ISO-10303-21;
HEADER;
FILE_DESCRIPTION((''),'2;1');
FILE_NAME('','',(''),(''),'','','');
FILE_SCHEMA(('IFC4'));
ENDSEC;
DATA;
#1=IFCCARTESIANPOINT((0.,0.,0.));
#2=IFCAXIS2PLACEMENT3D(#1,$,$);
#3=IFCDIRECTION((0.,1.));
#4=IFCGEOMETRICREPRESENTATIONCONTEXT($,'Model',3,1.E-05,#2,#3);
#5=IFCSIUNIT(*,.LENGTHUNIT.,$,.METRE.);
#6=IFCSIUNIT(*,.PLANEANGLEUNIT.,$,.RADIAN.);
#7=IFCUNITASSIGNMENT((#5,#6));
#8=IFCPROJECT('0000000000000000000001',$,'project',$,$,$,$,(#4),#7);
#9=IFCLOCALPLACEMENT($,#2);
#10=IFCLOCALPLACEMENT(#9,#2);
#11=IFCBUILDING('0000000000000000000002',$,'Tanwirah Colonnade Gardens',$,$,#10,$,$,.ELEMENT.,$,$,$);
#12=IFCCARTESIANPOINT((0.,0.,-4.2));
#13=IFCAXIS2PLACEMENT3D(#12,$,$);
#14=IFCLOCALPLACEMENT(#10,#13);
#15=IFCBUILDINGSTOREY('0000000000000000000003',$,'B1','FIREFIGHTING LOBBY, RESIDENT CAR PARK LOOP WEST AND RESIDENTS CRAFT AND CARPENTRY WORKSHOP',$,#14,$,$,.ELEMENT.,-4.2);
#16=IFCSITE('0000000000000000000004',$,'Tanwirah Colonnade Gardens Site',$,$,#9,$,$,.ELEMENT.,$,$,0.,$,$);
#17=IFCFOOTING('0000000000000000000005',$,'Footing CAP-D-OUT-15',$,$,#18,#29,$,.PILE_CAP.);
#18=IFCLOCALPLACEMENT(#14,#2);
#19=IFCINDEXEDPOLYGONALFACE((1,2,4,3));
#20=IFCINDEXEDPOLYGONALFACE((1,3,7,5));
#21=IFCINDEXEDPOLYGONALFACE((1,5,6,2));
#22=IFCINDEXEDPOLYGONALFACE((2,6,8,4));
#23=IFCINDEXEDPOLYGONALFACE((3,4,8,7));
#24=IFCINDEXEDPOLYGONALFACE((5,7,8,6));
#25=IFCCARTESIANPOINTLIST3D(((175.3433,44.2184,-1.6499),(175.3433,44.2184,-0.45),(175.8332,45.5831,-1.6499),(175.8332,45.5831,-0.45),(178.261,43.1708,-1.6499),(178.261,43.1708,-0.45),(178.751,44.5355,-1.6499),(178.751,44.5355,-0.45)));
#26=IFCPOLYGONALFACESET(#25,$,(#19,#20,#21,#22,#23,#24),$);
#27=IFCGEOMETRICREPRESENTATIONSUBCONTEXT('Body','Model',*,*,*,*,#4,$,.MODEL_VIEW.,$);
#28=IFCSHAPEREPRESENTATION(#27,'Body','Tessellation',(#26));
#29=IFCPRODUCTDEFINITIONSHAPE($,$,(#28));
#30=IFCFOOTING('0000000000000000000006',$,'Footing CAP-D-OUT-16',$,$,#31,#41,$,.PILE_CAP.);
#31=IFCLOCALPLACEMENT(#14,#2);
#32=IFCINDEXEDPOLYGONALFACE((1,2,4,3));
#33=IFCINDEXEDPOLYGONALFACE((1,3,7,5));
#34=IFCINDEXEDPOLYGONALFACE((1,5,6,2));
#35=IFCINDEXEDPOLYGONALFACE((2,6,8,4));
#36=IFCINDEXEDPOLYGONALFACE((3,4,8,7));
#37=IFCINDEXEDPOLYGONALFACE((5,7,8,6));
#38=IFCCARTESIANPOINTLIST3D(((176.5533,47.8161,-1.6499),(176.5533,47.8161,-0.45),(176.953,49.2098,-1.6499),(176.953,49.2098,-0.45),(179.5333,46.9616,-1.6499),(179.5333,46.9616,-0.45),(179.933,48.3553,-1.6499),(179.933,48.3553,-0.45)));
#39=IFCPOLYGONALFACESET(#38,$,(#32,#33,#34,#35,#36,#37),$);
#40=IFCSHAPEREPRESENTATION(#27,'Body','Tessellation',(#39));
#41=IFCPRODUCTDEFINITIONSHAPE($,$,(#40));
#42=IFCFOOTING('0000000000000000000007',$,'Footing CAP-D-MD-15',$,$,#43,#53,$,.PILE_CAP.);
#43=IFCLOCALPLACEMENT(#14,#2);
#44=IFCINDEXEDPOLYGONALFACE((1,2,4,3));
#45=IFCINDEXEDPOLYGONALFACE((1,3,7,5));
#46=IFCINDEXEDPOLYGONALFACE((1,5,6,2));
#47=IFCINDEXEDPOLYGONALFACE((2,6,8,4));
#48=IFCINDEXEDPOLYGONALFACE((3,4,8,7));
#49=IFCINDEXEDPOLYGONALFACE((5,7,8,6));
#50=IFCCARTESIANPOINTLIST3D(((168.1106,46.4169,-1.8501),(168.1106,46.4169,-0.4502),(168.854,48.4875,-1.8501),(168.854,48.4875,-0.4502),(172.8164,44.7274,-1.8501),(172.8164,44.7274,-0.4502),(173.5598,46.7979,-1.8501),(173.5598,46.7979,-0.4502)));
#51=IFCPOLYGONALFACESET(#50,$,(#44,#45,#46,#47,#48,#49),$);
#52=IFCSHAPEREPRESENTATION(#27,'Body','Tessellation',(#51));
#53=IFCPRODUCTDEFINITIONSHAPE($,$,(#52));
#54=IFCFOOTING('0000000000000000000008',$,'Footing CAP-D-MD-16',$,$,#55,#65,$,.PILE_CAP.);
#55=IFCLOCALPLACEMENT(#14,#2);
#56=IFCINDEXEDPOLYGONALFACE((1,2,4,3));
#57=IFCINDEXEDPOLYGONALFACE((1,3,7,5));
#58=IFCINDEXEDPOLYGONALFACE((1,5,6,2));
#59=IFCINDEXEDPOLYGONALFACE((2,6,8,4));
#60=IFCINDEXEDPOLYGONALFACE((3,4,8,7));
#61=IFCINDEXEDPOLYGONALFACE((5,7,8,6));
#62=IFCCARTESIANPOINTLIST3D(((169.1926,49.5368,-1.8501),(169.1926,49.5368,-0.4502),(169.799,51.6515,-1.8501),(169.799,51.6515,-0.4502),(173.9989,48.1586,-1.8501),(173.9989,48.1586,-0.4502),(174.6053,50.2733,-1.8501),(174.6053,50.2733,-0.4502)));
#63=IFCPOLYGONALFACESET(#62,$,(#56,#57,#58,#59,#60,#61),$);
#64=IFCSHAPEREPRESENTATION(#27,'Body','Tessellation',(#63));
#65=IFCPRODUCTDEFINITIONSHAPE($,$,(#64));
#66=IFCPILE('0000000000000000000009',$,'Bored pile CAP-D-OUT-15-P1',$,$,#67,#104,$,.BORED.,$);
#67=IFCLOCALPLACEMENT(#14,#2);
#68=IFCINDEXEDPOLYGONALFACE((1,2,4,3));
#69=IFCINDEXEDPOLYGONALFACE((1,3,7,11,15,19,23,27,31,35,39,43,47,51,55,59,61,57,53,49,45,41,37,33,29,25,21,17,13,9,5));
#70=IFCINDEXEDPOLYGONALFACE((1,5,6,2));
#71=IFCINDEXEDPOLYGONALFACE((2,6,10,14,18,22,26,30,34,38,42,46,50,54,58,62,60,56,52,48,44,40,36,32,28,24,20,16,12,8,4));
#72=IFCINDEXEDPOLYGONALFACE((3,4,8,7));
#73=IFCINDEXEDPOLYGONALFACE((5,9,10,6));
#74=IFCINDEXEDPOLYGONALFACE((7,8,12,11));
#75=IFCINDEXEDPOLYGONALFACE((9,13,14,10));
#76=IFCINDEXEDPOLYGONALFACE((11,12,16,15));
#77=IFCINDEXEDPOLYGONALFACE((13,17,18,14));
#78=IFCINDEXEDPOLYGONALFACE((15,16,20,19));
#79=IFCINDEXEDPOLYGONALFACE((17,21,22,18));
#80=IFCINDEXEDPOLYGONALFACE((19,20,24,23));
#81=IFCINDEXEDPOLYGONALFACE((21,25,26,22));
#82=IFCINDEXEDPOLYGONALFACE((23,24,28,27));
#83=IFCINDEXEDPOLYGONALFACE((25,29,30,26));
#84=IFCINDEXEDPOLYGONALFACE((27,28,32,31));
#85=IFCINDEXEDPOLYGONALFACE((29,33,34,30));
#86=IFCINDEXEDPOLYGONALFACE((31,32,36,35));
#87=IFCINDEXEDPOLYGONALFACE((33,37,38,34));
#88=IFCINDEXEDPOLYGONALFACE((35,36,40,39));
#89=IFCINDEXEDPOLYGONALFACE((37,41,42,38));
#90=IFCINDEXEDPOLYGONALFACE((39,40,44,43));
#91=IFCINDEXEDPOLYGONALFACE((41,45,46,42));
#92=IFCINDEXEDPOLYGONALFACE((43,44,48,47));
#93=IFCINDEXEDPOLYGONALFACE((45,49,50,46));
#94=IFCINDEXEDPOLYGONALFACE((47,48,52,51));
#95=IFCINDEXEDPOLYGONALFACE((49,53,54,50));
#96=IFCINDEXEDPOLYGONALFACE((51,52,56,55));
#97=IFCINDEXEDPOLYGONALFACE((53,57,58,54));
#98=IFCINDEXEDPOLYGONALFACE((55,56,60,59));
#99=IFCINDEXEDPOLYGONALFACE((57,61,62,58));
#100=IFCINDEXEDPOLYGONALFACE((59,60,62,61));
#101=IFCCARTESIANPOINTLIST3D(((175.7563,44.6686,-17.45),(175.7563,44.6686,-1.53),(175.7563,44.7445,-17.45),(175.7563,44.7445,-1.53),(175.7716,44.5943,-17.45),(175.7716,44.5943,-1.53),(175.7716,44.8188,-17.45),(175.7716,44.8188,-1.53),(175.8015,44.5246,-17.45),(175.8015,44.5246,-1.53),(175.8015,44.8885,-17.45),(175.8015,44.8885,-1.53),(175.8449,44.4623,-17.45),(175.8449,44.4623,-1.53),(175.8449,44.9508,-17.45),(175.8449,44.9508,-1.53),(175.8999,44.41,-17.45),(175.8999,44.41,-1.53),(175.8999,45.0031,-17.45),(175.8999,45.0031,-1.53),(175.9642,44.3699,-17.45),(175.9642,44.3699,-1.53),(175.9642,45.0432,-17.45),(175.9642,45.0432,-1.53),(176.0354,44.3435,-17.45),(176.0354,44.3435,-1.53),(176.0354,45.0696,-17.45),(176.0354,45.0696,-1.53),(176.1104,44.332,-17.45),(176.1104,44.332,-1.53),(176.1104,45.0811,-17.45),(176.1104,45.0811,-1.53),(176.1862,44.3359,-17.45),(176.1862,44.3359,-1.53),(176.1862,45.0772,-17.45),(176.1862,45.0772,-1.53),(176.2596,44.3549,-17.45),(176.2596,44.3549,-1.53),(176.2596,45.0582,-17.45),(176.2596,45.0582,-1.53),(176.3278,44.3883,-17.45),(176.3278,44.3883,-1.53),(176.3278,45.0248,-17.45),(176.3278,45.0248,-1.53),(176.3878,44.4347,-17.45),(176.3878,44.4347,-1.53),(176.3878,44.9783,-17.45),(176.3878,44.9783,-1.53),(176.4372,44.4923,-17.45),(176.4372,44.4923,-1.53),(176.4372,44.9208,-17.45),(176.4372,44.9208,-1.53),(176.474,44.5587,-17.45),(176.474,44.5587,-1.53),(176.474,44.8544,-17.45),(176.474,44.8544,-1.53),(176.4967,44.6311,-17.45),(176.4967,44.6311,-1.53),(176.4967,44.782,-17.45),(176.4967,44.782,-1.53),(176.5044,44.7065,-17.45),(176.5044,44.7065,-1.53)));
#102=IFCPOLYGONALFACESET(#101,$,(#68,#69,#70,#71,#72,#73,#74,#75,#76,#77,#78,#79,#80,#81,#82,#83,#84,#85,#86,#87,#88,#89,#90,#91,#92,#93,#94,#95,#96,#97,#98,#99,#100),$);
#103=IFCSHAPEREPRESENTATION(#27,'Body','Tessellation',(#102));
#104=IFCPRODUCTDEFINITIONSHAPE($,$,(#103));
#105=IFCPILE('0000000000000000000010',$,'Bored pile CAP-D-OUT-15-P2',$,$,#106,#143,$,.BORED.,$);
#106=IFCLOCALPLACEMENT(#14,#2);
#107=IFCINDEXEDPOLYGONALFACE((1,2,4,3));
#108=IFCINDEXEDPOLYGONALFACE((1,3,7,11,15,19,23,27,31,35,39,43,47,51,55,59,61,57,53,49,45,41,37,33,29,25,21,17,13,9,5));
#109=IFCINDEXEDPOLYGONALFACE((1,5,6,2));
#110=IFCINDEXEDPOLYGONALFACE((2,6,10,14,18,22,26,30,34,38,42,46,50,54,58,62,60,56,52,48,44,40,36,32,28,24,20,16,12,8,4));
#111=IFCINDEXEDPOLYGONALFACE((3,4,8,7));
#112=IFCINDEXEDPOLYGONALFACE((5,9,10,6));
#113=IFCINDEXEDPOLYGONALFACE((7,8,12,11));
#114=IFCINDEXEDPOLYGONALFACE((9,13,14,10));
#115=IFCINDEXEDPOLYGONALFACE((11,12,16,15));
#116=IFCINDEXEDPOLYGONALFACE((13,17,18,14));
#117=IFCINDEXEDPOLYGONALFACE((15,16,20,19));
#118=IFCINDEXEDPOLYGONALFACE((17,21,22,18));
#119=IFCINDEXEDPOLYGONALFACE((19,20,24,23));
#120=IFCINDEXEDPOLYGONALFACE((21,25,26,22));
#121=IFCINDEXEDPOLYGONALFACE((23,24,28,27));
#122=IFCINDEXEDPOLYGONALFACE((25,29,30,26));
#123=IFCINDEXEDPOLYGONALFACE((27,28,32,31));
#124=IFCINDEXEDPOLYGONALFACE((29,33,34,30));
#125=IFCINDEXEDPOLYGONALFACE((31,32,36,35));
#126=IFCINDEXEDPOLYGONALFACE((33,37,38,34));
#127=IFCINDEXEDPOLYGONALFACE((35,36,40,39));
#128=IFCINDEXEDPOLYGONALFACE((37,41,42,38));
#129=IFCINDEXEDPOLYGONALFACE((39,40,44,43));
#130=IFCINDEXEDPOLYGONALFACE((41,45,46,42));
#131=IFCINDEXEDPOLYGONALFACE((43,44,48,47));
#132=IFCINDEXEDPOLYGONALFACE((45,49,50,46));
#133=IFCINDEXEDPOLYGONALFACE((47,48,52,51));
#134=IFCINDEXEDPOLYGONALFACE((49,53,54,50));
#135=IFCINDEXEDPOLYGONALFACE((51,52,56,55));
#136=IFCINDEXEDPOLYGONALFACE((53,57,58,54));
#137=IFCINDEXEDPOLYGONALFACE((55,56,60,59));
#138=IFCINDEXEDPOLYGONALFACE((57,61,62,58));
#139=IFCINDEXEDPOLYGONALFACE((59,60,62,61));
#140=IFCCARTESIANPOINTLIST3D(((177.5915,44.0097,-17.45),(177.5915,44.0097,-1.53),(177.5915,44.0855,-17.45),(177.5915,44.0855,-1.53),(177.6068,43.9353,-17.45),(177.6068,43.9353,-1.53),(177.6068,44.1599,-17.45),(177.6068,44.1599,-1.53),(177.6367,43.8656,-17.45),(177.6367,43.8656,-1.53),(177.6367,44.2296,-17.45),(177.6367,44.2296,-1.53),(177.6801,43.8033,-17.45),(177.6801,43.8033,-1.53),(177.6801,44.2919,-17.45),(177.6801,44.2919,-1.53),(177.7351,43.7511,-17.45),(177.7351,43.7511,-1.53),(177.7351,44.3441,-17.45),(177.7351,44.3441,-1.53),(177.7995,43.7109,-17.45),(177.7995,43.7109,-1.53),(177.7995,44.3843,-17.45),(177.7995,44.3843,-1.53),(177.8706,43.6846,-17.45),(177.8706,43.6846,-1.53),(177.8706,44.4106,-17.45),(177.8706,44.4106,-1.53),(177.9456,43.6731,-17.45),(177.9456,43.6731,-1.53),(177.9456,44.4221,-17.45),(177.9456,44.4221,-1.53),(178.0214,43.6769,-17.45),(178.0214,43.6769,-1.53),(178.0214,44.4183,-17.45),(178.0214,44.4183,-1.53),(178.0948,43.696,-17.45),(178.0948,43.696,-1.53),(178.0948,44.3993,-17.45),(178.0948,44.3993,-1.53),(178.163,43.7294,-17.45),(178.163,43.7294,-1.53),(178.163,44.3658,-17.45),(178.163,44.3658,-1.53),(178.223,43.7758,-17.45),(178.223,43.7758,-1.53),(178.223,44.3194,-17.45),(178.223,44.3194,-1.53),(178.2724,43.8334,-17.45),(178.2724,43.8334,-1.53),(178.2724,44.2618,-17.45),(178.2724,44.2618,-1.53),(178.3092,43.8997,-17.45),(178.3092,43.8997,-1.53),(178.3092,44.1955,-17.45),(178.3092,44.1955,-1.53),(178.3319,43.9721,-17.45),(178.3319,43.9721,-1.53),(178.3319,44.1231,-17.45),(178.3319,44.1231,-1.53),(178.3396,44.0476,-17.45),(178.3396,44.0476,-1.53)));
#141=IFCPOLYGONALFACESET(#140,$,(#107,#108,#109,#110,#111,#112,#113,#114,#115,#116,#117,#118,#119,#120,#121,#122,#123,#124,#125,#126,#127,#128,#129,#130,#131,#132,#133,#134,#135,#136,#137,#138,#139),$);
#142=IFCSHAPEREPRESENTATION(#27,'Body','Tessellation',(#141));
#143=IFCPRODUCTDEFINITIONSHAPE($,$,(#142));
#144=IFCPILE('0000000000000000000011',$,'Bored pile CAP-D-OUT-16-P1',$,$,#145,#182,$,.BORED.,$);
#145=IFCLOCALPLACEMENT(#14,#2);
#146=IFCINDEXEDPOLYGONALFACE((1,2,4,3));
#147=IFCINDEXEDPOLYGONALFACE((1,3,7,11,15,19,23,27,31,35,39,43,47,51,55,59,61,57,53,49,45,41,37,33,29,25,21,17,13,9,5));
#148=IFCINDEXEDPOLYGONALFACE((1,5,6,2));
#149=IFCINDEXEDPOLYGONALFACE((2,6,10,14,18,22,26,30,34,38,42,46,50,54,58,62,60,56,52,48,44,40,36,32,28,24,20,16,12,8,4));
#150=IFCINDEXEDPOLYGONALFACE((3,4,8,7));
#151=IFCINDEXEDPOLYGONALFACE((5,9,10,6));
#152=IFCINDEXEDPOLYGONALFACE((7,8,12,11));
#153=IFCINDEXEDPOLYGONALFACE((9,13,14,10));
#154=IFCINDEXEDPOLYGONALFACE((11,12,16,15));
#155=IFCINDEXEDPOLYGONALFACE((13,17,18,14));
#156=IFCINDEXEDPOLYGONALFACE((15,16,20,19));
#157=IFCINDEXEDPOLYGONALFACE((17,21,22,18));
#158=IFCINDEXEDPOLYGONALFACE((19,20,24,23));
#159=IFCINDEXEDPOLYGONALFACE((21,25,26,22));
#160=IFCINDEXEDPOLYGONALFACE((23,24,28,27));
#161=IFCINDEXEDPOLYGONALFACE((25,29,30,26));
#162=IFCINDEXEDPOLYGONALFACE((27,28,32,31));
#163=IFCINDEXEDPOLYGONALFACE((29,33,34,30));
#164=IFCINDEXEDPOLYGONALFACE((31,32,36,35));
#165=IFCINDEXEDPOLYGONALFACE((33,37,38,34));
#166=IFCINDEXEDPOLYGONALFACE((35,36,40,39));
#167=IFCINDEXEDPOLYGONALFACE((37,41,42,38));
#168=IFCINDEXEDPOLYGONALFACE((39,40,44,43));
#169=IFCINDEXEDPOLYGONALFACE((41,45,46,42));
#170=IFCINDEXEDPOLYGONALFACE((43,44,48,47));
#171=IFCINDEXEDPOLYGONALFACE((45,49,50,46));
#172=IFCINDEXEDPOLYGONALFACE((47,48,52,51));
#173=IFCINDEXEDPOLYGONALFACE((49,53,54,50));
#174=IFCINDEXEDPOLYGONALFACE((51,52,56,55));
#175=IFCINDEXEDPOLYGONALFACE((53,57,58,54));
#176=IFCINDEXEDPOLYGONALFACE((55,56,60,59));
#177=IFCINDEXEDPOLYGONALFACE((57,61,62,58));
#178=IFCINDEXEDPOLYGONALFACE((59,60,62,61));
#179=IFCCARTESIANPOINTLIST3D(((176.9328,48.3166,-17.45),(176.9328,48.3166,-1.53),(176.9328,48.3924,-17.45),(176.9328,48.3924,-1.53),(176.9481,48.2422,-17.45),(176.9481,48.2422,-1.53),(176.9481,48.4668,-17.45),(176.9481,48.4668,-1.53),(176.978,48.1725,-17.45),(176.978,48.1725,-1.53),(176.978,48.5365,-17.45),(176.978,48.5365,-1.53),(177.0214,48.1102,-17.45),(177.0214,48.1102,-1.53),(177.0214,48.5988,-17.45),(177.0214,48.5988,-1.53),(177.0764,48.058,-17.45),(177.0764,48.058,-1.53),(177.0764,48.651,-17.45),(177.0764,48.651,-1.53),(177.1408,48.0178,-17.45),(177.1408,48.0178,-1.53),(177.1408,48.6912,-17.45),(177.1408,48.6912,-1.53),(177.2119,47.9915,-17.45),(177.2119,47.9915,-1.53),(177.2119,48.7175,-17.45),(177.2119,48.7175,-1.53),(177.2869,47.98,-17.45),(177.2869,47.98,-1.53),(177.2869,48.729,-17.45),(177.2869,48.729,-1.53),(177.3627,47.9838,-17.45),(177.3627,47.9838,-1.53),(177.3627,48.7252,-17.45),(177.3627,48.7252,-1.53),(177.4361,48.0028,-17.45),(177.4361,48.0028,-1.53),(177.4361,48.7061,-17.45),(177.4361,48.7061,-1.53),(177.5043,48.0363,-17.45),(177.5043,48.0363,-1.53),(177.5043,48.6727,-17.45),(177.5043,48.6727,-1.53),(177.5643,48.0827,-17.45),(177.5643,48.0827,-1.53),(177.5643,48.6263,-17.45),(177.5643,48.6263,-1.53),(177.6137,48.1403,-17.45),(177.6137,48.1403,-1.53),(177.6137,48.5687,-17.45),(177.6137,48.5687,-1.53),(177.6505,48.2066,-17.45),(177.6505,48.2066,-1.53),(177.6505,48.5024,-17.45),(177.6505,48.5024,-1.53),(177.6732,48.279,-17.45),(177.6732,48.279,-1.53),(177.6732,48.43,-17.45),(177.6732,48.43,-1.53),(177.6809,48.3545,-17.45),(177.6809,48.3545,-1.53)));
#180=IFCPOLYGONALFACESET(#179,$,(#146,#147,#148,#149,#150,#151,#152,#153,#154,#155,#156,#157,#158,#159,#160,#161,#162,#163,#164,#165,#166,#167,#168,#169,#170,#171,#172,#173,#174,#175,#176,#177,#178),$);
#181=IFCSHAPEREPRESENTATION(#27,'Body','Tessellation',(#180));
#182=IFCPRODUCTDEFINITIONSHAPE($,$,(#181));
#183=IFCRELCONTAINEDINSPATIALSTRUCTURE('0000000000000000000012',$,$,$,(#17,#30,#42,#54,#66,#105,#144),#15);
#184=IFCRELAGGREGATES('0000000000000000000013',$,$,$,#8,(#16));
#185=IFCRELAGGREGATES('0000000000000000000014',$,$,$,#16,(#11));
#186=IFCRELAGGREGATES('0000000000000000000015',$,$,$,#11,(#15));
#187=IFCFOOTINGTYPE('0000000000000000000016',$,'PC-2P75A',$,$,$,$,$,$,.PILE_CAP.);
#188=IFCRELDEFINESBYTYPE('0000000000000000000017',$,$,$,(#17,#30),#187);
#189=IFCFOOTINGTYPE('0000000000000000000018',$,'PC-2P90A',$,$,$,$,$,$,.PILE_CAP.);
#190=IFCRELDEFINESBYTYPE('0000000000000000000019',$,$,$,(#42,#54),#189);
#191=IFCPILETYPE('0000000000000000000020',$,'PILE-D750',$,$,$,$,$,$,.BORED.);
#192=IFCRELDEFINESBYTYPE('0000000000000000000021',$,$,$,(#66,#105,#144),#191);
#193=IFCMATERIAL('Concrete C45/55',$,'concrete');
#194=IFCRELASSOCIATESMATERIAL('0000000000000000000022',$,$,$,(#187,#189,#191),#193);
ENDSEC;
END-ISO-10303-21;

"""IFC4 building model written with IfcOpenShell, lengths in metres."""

from ifc_helpers import new_model, si_unit, direction, frame, origin, origin_2d, place, context, subcontext, project, spatial, rectangle, circle, extrude, material, material_profile, profile_set, type_object, element, save


model = new_model("IFC4")

# Units and contexts
model_context = context("Model", 3, precision=1e-05, world=origin(), true_north=direction((0.0, 1.0)))
body_context = subcontext(model_context, "Body", "Model", "MODEL_VIEW")
ifc_project = project(units=[si_unit("LENGTHUNIT", "METRE"), si_unit("PLANEANGLEUNIT", "RADIAN")], contexts=[model_context])

# Site, building, storey
site_placement = place(None, origin())
site = spatial("IfcSite", under=ifc_project, at=site_placement, Name="Tanwirah Colonnade Gardens Site", CompositionType="ELEMENT", RefElevation=0.0)
building_placement = place(site_placement, origin())
building = spatial("IfcBuilding", under=site, at=building_placement, Name="Tanwirah Colonnade Gardens", CompositionType="ELEMENT")
storey_placement = place(building_placement, frame((0.0, 0.0, -4.2)))
storey = spatial("IfcBuildingStorey", under=building, at=storey_placement, Name="B1", Description="FIREFIGHTING LOBBY, RESIDENT CAR PARK LOOP WEST AND RESIDENTS CRAFT AND CARPENTRY WORKSHOP", CompositionType="ELEMENT", Elevation=-4.2)

# Footings
ifc_material_1 = material(Name="Concrete C45/55", Category="concrete")
footing_type_1 = type_object("IfcFootingType", Name="PC-2P75A", PredefinedType="PILE_CAP", material=ifc_material_1)
for number, where, z_axis, x_axis, name in (
    (1, (177.0471, 44.377, -1.6499), (0.0, 0.0, 1.0), (0.941176, -0.337917, 0.0), "Footing CAP-D-OUT-15"),
    (2, (178.2432, 48.0857, -1.6499), (0.0, 0.0, 1.0), (0.961262, -0.275637, 0.0), "Footing CAP-D-OUT-16"),
):
    element("IfcFooting", number, at=place(storey_placement, frame(where, z_axis=z_axis, x_axis=x_axis)), inside=storey, type_object=footing_type_1, Name=name, PredefinedType="PILE_CAP", context=body_context, shape_type="SweptSolid", body=[
        extrude(rectangle(XDim=3.1001, YDim=1.45, at=origin_2d()), origin(), (0.0, 0.0, 1.0), 1.2),
    ])
footing_type_2 = type_object("IfcFootingType", Name="PC-2P90A", PredefinedType="PILE_CAP", material=ifc_material_1)
for number, where, z_axis, x_axis, name in (
    (3, (170.8352, 46.6074, -1.8501), (0.0, 0.0, 1.0), (0.941176, -0.337917, 0.0), "Footing CAP-D-MD-15"),
    (4, (171.8989, 49.905, -1.8501), (0.0, 0.0, 1.0), (0.961262, -0.275637, 0.0), "Footing CAP-D-MD-16"),
):
    element("IfcFooting", number, at=place(storey_placement, frame(where, z_axis=z_axis, x_axis=x_axis)), inside=storey, type_object=footing_type_2, Name=name, PredefinedType="PILE_CAP", context=body_context, shape_type="SweptSolid", body=[
        extrude(rectangle(XDim=5.0, YDim=2.2, at=origin_2d()), origin(), (0.0, 0.0, 1.0), 1.3999),
    ])

# Piles
ifc_material_profile_1 = material_profile(ifc_material_1, circle(Radius=0.375, at=origin_2d()), Name="PILE D750")
ifc_profile_set_1 = profile_set([ifc_material_profile_1], Name="Concrete C45/55")
pile_type_1 = type_object("IfcPileType", Name="PILE-D750", PredefinedType="BORED", material=ifc_profile_set_1)
for number, where, z_axis, x_axis, name in (
    (5, (176.1294, 44.7065, -1.53), (0.0, 0.0, -1.0), (1.0, 0.0, 0.0), "Bored pile CAP-D-OUT-15-P1"),
    (6, (177.9646, 44.0476, -1.53), (0.0, 0.0, -1.0), (1.0, 0.0, 0.0), "Bored pile CAP-D-OUT-15-P2"),
    (7, (177.3059, 48.3545, -1.53), (0.0, 0.0, -1.0), (1.0, 0.0, 0.0), "Bored pile CAP-D-OUT-16-P1"),
):
    element("IfcPile", number, at=place(storey_placement, frame(where, z_axis=z_axis, x_axis=x_axis)), inside=storey, type_object=pile_type_1, Name=name, PredefinedType="BORED", context=body_context, shape_type="SweptSolid", body=[
        extrude(circle(Radius=0.375, at=origin_2d()), origin(), (0.0, 0.0, 1.0), 15.9199),
    ])

save(model, "model.ifc")
